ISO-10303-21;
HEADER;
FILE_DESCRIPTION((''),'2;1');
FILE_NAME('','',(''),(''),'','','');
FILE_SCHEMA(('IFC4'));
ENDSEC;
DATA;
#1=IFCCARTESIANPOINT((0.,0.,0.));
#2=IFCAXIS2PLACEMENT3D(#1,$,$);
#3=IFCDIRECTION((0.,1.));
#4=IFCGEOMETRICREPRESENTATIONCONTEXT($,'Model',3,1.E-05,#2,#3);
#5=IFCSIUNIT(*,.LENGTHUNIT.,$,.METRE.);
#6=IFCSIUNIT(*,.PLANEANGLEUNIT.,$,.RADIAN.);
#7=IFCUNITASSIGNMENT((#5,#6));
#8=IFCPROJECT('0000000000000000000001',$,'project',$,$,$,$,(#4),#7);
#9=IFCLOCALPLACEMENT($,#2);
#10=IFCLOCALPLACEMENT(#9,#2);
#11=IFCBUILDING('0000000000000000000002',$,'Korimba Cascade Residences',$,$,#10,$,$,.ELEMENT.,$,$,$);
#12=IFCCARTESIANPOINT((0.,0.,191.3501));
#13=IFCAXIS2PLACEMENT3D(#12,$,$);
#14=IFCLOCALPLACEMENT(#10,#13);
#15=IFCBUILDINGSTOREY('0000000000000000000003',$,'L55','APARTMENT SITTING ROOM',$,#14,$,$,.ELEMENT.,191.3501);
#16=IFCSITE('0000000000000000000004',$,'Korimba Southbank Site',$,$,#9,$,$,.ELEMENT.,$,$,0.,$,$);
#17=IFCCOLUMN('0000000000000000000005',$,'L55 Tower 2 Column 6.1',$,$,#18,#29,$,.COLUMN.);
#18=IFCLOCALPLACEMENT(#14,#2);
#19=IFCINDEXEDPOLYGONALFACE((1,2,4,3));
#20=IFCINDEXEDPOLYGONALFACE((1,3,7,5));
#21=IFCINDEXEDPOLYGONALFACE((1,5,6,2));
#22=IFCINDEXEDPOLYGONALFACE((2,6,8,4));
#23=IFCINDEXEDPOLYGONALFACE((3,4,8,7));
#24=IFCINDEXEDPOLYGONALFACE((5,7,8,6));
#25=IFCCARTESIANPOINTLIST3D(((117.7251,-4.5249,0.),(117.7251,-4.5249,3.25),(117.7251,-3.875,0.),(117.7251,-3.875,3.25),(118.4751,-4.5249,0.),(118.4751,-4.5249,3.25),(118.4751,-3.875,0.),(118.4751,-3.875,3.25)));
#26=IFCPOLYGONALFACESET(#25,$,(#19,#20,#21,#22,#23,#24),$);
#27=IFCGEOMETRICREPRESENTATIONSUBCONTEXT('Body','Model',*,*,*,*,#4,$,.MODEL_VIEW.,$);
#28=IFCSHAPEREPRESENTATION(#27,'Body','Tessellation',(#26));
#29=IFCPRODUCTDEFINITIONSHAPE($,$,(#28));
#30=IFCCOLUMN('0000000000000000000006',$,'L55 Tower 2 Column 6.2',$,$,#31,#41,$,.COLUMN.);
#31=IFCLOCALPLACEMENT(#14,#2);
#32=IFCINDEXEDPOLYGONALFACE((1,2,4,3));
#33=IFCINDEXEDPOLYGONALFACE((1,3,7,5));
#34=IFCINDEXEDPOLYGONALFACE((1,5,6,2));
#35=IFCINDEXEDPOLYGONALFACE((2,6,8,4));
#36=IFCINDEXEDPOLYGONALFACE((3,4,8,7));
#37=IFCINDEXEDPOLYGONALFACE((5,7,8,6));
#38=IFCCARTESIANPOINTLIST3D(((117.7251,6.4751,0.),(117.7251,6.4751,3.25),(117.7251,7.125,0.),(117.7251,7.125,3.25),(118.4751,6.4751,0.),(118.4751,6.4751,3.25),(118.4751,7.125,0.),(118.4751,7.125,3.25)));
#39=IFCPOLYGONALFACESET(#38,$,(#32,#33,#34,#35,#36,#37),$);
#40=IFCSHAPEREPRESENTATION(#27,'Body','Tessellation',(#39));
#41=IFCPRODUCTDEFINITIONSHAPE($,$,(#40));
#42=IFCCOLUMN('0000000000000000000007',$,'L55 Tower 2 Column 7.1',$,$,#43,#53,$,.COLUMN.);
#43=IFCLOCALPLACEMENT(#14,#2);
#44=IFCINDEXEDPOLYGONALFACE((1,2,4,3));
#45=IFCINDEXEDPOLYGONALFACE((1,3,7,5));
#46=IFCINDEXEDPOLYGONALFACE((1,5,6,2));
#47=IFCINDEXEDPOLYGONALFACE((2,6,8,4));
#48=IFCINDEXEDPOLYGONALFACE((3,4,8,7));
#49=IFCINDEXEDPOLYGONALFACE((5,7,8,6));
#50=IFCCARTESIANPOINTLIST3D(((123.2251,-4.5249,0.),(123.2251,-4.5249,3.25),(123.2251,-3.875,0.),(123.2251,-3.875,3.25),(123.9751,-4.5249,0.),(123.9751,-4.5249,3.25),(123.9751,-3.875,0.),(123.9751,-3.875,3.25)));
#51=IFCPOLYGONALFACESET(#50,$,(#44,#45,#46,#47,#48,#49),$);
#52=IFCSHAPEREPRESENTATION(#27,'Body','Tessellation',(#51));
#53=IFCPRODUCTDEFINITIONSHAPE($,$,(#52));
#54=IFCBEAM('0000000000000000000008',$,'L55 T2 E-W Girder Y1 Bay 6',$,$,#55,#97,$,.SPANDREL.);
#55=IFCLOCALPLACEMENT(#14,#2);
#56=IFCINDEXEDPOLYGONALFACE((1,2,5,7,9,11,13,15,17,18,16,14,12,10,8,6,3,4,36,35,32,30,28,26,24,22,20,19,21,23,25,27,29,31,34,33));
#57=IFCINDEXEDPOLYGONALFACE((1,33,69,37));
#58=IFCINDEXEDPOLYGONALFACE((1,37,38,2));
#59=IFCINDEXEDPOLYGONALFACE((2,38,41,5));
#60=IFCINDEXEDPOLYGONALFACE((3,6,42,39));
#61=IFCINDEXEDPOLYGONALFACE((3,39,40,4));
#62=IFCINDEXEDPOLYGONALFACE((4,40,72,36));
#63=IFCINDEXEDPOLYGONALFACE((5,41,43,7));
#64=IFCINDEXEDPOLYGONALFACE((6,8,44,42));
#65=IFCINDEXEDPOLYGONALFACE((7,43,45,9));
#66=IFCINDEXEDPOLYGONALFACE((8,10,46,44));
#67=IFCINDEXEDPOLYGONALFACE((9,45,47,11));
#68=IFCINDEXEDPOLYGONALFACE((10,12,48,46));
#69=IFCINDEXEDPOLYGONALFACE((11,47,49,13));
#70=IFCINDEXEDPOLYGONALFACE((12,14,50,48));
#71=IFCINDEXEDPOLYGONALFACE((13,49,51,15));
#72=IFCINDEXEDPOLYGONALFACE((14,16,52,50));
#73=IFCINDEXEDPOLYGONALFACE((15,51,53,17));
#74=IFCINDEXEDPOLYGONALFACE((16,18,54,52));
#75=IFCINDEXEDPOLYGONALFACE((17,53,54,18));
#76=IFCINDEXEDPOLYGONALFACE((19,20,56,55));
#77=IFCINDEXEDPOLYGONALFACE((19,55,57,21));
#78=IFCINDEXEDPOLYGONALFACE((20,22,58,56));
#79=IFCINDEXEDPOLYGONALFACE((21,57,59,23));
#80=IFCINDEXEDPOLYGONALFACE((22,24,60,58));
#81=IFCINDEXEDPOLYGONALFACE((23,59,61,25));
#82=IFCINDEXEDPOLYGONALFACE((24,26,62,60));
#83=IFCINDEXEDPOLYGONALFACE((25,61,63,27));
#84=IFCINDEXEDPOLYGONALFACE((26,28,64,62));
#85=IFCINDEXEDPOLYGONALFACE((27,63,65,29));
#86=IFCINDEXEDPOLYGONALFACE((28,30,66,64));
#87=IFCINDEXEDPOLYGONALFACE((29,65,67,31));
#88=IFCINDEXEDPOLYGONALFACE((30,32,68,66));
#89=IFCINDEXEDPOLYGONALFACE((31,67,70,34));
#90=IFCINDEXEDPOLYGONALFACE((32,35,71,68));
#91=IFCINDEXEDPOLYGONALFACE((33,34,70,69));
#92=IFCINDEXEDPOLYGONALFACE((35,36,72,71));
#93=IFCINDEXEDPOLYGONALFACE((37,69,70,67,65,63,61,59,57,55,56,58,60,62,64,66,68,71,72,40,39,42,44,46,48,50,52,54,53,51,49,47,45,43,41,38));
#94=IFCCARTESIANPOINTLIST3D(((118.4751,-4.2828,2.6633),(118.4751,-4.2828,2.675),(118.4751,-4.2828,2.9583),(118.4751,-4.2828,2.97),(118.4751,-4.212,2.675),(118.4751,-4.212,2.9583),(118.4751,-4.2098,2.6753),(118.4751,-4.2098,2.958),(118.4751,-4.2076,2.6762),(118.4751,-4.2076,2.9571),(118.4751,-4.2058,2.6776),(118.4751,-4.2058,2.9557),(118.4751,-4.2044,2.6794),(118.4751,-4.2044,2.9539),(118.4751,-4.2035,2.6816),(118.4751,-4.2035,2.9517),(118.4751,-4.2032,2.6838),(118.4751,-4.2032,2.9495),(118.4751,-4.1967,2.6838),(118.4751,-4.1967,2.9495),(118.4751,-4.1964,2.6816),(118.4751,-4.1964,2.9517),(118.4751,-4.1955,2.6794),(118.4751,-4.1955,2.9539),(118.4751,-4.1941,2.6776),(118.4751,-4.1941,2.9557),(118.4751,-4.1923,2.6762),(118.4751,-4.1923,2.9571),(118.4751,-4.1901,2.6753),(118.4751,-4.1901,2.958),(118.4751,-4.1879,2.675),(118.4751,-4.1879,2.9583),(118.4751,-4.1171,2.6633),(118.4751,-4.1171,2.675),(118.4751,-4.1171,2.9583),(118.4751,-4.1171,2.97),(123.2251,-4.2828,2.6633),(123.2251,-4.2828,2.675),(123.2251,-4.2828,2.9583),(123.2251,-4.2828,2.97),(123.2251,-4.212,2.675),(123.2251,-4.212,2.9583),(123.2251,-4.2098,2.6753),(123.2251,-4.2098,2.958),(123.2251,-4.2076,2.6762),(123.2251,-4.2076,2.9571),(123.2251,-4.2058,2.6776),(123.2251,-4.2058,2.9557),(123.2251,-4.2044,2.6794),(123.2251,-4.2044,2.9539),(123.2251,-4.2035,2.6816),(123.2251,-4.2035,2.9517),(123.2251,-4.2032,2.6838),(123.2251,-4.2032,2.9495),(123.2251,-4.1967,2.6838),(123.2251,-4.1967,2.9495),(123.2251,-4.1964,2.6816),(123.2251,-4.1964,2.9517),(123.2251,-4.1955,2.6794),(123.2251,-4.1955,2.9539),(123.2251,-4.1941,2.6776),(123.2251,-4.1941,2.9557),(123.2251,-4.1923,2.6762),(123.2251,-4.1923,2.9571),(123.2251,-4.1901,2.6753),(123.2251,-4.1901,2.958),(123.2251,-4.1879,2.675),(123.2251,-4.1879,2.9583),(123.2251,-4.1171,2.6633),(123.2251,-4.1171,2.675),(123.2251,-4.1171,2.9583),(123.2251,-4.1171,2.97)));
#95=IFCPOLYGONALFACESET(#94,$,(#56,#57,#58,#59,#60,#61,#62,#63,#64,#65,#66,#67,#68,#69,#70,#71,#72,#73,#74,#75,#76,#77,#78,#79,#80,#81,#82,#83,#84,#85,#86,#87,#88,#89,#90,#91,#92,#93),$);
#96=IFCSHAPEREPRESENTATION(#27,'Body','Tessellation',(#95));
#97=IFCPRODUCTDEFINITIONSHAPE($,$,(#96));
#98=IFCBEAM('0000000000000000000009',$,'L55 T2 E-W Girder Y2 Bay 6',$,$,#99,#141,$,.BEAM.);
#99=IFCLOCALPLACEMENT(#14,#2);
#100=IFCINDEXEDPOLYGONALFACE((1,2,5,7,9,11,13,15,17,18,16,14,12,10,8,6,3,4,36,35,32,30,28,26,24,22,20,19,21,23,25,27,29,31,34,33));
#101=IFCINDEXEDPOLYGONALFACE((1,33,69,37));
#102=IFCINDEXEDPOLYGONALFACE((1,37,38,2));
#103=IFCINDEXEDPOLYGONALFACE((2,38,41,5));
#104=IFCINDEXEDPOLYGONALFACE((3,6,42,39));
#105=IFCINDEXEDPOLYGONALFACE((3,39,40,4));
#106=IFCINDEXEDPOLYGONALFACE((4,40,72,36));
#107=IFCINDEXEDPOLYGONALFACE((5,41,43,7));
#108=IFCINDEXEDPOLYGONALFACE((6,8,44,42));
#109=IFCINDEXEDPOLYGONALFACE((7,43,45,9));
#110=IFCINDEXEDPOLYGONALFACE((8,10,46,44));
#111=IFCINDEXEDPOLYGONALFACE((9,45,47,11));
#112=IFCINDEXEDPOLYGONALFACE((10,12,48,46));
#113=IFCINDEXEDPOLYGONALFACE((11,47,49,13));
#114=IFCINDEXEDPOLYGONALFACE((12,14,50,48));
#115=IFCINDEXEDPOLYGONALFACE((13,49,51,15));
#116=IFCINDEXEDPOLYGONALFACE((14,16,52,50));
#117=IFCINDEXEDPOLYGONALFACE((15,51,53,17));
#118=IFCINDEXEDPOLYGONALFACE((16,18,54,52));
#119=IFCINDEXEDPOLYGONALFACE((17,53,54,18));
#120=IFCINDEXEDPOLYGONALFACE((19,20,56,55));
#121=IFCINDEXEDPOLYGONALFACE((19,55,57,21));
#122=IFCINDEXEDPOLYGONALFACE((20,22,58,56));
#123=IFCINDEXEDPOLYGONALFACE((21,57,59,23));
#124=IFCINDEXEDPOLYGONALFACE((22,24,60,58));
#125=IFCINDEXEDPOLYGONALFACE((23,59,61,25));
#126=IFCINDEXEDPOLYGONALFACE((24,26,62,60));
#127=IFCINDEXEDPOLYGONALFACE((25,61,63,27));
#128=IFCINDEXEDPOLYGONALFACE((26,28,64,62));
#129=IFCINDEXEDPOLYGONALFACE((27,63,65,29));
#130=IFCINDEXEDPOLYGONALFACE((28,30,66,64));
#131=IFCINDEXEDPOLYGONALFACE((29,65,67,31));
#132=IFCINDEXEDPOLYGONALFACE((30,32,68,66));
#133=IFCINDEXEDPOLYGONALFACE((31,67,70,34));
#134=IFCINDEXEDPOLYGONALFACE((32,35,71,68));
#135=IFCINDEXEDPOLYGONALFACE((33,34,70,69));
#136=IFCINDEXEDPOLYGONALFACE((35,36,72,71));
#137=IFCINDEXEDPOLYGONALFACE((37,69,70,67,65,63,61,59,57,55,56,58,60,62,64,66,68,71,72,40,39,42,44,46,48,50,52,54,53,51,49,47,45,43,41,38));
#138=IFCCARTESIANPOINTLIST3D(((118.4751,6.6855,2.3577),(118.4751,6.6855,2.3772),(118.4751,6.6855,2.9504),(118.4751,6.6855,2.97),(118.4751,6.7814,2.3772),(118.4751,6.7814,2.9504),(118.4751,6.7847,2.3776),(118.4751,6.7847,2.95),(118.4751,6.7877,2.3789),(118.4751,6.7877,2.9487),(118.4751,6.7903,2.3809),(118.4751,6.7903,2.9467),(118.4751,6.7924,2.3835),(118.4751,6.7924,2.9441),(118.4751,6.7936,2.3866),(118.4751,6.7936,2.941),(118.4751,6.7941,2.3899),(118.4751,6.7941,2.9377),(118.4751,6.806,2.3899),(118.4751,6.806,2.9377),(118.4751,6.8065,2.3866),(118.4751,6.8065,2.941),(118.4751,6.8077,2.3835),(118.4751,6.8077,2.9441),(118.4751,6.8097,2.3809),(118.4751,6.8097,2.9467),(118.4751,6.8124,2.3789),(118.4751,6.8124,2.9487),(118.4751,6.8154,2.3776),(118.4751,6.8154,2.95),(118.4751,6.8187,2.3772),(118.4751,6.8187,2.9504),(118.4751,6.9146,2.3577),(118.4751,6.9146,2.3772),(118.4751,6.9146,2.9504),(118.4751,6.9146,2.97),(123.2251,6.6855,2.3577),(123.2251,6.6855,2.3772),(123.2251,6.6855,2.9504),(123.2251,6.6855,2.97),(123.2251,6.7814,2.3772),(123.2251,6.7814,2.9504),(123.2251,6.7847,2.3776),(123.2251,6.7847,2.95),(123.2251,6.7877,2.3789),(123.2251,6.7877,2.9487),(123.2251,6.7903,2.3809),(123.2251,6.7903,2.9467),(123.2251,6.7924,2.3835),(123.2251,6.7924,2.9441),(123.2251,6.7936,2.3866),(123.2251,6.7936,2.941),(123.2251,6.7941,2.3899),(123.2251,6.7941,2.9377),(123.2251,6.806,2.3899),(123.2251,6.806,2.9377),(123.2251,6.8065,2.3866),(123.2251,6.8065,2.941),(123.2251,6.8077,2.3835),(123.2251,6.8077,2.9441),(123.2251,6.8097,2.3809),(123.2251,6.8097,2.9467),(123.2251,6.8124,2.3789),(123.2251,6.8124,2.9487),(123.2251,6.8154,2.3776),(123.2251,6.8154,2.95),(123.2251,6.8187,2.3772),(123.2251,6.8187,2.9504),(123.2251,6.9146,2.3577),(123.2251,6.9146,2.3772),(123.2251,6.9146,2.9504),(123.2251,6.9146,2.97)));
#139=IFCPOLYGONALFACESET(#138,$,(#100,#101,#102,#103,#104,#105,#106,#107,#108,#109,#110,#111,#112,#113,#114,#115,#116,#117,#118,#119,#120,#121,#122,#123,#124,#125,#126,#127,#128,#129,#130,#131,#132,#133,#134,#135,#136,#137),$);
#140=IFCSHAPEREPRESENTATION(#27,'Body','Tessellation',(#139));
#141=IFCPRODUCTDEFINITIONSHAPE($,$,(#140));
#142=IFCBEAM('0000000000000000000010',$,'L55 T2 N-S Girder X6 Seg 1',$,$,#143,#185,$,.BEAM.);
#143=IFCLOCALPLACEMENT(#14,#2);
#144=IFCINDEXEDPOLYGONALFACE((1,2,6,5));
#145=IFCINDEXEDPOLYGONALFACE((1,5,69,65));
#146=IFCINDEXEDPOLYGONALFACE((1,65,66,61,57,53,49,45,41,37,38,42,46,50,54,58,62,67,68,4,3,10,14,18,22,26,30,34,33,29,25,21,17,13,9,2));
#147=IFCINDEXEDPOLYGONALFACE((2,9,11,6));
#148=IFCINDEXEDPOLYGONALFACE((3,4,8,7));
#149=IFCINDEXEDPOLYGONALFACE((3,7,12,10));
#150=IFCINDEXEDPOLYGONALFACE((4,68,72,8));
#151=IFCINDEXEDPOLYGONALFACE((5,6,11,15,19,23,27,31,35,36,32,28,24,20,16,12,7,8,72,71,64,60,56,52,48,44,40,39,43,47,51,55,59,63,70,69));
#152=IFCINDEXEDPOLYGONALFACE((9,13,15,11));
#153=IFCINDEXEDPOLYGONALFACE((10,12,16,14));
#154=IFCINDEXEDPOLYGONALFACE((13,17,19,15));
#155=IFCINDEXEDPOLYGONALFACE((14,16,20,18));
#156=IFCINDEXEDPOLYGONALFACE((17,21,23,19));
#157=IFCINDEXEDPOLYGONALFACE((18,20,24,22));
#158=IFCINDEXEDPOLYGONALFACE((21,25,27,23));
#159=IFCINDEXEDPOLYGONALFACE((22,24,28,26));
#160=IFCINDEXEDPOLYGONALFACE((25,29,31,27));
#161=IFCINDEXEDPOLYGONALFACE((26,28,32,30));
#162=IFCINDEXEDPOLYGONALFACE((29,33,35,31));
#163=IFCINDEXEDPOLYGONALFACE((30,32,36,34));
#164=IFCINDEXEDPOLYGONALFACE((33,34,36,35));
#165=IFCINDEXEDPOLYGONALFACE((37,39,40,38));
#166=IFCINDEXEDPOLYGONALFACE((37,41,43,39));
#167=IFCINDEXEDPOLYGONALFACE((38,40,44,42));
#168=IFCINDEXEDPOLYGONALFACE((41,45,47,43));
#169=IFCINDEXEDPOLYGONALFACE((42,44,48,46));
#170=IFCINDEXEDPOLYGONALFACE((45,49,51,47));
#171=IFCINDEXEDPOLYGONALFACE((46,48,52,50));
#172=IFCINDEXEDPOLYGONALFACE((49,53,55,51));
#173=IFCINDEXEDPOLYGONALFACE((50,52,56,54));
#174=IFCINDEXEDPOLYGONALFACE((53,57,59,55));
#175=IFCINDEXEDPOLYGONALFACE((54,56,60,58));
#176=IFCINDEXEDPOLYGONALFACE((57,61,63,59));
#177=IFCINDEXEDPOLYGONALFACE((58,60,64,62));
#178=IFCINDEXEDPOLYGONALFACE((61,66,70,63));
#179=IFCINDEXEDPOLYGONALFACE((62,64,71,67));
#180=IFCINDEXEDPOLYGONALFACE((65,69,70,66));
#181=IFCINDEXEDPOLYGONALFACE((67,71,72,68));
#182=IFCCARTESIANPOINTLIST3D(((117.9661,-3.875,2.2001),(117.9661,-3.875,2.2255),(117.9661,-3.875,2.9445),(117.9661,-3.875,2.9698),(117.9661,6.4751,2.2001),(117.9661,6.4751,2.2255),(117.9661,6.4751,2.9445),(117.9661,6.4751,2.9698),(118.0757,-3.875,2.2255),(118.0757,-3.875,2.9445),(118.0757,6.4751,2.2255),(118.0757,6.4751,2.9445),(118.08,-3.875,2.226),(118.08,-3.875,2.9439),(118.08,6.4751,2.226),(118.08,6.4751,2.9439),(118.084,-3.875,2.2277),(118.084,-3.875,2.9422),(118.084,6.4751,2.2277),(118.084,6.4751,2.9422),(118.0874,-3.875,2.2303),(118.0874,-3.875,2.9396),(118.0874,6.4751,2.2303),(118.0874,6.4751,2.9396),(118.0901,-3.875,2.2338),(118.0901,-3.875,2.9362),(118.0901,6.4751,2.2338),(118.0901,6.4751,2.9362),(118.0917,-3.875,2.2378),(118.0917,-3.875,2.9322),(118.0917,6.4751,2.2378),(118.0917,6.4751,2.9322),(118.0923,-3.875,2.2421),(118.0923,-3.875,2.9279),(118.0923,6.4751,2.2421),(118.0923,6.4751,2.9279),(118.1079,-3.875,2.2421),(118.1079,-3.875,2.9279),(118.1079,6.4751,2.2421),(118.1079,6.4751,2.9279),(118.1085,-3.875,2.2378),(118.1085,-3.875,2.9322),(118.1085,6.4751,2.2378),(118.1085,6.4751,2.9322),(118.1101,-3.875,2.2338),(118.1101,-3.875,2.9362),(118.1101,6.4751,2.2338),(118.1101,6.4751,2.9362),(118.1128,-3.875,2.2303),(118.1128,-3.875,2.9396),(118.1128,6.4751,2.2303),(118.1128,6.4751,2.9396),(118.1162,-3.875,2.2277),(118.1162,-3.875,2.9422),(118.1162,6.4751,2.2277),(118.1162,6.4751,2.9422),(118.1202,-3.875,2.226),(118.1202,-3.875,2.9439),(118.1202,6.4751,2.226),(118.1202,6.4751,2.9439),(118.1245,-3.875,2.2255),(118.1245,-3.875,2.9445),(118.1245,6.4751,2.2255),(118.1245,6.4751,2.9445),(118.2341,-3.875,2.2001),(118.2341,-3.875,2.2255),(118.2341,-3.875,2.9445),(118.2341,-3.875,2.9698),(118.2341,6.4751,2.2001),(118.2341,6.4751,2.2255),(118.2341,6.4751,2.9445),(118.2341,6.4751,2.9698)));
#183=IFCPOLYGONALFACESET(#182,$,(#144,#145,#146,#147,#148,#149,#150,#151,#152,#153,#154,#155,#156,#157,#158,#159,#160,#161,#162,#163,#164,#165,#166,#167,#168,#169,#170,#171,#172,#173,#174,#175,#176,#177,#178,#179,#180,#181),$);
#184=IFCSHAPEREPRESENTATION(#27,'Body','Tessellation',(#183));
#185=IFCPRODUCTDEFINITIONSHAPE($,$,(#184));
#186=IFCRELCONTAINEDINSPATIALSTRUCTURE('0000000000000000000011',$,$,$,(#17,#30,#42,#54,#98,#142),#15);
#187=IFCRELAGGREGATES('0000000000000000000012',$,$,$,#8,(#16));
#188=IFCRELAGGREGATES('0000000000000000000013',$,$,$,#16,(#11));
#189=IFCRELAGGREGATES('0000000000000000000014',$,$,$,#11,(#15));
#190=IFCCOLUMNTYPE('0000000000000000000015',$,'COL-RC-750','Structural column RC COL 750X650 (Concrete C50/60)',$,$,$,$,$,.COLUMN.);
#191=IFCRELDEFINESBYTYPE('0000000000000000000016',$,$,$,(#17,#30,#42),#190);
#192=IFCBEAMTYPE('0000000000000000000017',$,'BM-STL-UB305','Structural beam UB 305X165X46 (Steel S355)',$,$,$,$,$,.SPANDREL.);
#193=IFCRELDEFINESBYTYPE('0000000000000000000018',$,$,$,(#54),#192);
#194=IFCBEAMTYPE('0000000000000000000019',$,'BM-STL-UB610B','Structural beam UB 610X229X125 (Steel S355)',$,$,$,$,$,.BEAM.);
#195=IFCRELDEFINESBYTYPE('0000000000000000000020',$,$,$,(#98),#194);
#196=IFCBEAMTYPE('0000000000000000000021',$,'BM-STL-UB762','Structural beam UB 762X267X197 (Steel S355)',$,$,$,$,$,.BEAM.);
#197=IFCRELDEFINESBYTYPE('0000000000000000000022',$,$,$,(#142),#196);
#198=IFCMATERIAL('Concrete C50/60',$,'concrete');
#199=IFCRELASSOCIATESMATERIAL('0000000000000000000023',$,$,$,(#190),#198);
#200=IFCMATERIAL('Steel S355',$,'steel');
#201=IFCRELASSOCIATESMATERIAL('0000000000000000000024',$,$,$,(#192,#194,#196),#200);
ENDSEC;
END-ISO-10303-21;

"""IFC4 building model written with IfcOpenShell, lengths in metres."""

from ifc_helpers import new_model, si_unit, direction, frame, origin, origin_2d, place, context, subcontext, project, spatial, rectangle, i_section, extrude, material, material_profile, profile_set, type_object, element, save


model = new_model("IFC4")

# Units and contexts
model_context = context("Model", 3, precision=1e-05, world=origin(), true_north=direction((0.0, 1.0)))
body_context = subcontext(model_context, "Body", "Model", "MODEL_VIEW")
ifc_project = project(units=[si_unit("LENGTHUNIT", "METRE"), si_unit("PLANEANGLEUNIT", "RADIAN")], contexts=[model_context])

# Site, building, storey
site_placement = place(None, origin())
site = spatial("IfcSite", under=ifc_project, at=site_placement, Name="Korimba Southbank Site", CompositionType="ELEMENT", RefElevation=0.0)
building_placement = place(site_placement, origin())
building = spatial("IfcBuilding", under=site, at=building_placement, Name="Korimba Cascade Residences", CompositionType="ELEMENT")
storey_placement = place(building_placement, frame((0.0, 0.0, 191.3501)))
storey = spatial("IfcBuildingStorey", under=building, at=storey_placement, Name="L55", Description="APARTMENT SITTING ROOM", CompositionType="ELEMENT", Elevation=191.3501)

# Columns
ifc_material_1 = material(Name="Concrete C50/60", Category="concrete")
ifc_material_profile_1 = material_profile(ifc_material_1, rectangle(XDim=0.75, YDim=0.6499, at=origin_2d()), Name="Concrete C50/60")
ifc_profile_set_1 = profile_set([ifc_material_profile_1], Name="Concrete C50/60")
column_type = type_object("IfcColumnType", Name="COL-RC-750", Description="Structural column RC COL 750X650 (Concrete C50/60)", PredefinedType="COLUMN", material=ifc_profile_set_1)
for number, where, z_axis, x_axis, name in (
    (1, (118.1001, -4.2, 0.0), (0.0, 0.0, 1.0), (1.0, 0.0, 0.0), "L55 Tower 2 Column 6.1"),
    (2, (118.1001, 6.8, 0.0), (0.0, 0.0, 1.0), (1.0, 0.0, 0.0), "L55 Tower 2 Column 6.2"),
    (3, (123.6001, -4.2, 0.0), (0.0, 0.0, 1.0), (1.0, 0.0, 0.0), "L55 Tower 2 Column 7.1"),
):
    element("IfcColumn", number, at=place(storey_placement, frame(where, z_axis=z_axis, x_axis=x_axis)), inside=storey, type_object=column_type, Name=name, PredefinedType="COLUMN", context=body_context, shape_type="SweptSolid", body=[
        extrude(rectangle(XDim=0.75, YDim=0.6499, at=origin_2d()), origin(), (0.0, 0.0, 1.0), 3.25),
    ])

# Beams
ifc_material_2 = material(Name="Steel S355", Category="steel")
ifc_material_profile_2 = material_profile(ifc_material_2, i_section(OverallWidth=0.1658, OverallDepth=0.3066, WebThickness=0.0066, FlangeThickness=0.0117, FilletRadius=0.0088, at=origin_2d()), Name="Steel S355")
ifc_profile_set_2 = profile_set([ifc_material_profile_2], Name="Steel S355")
beam_type_1 = type_object("IfcBeamType", Name="BM-STL-UB305", Description="Structural beam UB 305X165X46 (Steel S355)", PredefinedType="SPANDREL", material=ifc_profile_set_2)
beam_1_placement = place(storey_placement, frame((118.4751, -4.2, 2.8167), z_axis=(1.0, 0.0, 0.0), x_axis=(0.0, 1.0, 0.0)))
element("IfcBeam", 4, at=beam_1_placement, inside=storey, type_object=beam_type_1, Name="L55 T2 E-W Girder Y1 Bay 6", PredefinedType="SPANDREL", context=body_context, shape_type="SweptSolid", body=[
    extrude(i_section(OverallWidth=0.1658, OverallDepth=0.3066, WebThickness=0.0066, FlangeThickness=0.0117, FilletRadius=0.0088, at=origin_2d()), origin(), (0.0, 0.0, 1.0), 4.75),
])
ifc_material_profile_3 = material_profile(ifc_material_2, i_section(OverallWidth=0.229, OverallDepth=0.6123, WebThickness=0.012, FlangeThickness=0.0195, FilletRadius=0.0127, at=origin_2d()), Name="Steel S355")
ifc_profile_set_3 = profile_set([ifc_material_profile_3], Name="Steel S355")
beam_type_2 = type_object("IfcBeamType", Name="BM-STL-UB610B", Description="Structural beam UB 610X229X125 (Steel S355)", PredefinedType="BEAM", material=ifc_profile_set_3)
beam_2_placement = place(storey_placement, frame((118.4751, 6.8, 2.6638), z_axis=(1.0, 0.0, 0.0), x_axis=(0.0, 1.0, 0.0)))
element("IfcBeam", 5, at=beam_2_placement, inside=storey, type_object=beam_type_2, Name="L55 T2 E-W Girder Y2 Bay 6", PredefinedType="BEAM", context=body_context, shape_type="SweptSolid", body=[
    extrude(i_section(OverallWidth=0.229, OverallDepth=0.6123, WebThickness=0.012, FlangeThickness=0.0195, FilletRadius=0.0127, at=origin_2d()), origin(), (0.0, 0.0, 1.0), 4.75),
])
ifc_material_profile_4 = material_profile(ifc_material_2, i_section(OverallWidth=0.2681, OverallDepth=0.7698, WebThickness=0.0156, FlangeThickness=0.0254, FilletRadius=0.0166, at=origin_2d()), Name="Steel S355")
ifc_profile_set_4 = profile_set([ifc_material_profile_4], Name="Steel S355")
beam_type_3 = type_object("IfcBeamType", Name="BM-STL-UB762", Description="Structural beam UB 762X267X197 (Steel S355)", PredefinedType="BEAM", material=ifc_profile_set_4)
beam_3_placement = place(storey_placement, frame((118.1001, -3.875, 2.585), z_axis=(0.0, 1.0, 0.0), x_axis=(-1.0, 0.0, 0.0)))
element("IfcBeam", 6, at=beam_3_placement, inside=storey, type_object=beam_type_3, Name="L55 T2 N-S Girder X6 Seg 1", PredefinedType="BEAM", context=body_context, shape_type="SweptSolid", body=[
    extrude(i_section(OverallWidth=0.2681, OverallDepth=0.7698, WebThickness=0.0156, FlangeThickness=0.0254, FilletRadius=0.0166, at=origin_2d()), origin(), (0.0, 0.0, 1.0), 10.3501),
])

save(model, "model.ifc")
